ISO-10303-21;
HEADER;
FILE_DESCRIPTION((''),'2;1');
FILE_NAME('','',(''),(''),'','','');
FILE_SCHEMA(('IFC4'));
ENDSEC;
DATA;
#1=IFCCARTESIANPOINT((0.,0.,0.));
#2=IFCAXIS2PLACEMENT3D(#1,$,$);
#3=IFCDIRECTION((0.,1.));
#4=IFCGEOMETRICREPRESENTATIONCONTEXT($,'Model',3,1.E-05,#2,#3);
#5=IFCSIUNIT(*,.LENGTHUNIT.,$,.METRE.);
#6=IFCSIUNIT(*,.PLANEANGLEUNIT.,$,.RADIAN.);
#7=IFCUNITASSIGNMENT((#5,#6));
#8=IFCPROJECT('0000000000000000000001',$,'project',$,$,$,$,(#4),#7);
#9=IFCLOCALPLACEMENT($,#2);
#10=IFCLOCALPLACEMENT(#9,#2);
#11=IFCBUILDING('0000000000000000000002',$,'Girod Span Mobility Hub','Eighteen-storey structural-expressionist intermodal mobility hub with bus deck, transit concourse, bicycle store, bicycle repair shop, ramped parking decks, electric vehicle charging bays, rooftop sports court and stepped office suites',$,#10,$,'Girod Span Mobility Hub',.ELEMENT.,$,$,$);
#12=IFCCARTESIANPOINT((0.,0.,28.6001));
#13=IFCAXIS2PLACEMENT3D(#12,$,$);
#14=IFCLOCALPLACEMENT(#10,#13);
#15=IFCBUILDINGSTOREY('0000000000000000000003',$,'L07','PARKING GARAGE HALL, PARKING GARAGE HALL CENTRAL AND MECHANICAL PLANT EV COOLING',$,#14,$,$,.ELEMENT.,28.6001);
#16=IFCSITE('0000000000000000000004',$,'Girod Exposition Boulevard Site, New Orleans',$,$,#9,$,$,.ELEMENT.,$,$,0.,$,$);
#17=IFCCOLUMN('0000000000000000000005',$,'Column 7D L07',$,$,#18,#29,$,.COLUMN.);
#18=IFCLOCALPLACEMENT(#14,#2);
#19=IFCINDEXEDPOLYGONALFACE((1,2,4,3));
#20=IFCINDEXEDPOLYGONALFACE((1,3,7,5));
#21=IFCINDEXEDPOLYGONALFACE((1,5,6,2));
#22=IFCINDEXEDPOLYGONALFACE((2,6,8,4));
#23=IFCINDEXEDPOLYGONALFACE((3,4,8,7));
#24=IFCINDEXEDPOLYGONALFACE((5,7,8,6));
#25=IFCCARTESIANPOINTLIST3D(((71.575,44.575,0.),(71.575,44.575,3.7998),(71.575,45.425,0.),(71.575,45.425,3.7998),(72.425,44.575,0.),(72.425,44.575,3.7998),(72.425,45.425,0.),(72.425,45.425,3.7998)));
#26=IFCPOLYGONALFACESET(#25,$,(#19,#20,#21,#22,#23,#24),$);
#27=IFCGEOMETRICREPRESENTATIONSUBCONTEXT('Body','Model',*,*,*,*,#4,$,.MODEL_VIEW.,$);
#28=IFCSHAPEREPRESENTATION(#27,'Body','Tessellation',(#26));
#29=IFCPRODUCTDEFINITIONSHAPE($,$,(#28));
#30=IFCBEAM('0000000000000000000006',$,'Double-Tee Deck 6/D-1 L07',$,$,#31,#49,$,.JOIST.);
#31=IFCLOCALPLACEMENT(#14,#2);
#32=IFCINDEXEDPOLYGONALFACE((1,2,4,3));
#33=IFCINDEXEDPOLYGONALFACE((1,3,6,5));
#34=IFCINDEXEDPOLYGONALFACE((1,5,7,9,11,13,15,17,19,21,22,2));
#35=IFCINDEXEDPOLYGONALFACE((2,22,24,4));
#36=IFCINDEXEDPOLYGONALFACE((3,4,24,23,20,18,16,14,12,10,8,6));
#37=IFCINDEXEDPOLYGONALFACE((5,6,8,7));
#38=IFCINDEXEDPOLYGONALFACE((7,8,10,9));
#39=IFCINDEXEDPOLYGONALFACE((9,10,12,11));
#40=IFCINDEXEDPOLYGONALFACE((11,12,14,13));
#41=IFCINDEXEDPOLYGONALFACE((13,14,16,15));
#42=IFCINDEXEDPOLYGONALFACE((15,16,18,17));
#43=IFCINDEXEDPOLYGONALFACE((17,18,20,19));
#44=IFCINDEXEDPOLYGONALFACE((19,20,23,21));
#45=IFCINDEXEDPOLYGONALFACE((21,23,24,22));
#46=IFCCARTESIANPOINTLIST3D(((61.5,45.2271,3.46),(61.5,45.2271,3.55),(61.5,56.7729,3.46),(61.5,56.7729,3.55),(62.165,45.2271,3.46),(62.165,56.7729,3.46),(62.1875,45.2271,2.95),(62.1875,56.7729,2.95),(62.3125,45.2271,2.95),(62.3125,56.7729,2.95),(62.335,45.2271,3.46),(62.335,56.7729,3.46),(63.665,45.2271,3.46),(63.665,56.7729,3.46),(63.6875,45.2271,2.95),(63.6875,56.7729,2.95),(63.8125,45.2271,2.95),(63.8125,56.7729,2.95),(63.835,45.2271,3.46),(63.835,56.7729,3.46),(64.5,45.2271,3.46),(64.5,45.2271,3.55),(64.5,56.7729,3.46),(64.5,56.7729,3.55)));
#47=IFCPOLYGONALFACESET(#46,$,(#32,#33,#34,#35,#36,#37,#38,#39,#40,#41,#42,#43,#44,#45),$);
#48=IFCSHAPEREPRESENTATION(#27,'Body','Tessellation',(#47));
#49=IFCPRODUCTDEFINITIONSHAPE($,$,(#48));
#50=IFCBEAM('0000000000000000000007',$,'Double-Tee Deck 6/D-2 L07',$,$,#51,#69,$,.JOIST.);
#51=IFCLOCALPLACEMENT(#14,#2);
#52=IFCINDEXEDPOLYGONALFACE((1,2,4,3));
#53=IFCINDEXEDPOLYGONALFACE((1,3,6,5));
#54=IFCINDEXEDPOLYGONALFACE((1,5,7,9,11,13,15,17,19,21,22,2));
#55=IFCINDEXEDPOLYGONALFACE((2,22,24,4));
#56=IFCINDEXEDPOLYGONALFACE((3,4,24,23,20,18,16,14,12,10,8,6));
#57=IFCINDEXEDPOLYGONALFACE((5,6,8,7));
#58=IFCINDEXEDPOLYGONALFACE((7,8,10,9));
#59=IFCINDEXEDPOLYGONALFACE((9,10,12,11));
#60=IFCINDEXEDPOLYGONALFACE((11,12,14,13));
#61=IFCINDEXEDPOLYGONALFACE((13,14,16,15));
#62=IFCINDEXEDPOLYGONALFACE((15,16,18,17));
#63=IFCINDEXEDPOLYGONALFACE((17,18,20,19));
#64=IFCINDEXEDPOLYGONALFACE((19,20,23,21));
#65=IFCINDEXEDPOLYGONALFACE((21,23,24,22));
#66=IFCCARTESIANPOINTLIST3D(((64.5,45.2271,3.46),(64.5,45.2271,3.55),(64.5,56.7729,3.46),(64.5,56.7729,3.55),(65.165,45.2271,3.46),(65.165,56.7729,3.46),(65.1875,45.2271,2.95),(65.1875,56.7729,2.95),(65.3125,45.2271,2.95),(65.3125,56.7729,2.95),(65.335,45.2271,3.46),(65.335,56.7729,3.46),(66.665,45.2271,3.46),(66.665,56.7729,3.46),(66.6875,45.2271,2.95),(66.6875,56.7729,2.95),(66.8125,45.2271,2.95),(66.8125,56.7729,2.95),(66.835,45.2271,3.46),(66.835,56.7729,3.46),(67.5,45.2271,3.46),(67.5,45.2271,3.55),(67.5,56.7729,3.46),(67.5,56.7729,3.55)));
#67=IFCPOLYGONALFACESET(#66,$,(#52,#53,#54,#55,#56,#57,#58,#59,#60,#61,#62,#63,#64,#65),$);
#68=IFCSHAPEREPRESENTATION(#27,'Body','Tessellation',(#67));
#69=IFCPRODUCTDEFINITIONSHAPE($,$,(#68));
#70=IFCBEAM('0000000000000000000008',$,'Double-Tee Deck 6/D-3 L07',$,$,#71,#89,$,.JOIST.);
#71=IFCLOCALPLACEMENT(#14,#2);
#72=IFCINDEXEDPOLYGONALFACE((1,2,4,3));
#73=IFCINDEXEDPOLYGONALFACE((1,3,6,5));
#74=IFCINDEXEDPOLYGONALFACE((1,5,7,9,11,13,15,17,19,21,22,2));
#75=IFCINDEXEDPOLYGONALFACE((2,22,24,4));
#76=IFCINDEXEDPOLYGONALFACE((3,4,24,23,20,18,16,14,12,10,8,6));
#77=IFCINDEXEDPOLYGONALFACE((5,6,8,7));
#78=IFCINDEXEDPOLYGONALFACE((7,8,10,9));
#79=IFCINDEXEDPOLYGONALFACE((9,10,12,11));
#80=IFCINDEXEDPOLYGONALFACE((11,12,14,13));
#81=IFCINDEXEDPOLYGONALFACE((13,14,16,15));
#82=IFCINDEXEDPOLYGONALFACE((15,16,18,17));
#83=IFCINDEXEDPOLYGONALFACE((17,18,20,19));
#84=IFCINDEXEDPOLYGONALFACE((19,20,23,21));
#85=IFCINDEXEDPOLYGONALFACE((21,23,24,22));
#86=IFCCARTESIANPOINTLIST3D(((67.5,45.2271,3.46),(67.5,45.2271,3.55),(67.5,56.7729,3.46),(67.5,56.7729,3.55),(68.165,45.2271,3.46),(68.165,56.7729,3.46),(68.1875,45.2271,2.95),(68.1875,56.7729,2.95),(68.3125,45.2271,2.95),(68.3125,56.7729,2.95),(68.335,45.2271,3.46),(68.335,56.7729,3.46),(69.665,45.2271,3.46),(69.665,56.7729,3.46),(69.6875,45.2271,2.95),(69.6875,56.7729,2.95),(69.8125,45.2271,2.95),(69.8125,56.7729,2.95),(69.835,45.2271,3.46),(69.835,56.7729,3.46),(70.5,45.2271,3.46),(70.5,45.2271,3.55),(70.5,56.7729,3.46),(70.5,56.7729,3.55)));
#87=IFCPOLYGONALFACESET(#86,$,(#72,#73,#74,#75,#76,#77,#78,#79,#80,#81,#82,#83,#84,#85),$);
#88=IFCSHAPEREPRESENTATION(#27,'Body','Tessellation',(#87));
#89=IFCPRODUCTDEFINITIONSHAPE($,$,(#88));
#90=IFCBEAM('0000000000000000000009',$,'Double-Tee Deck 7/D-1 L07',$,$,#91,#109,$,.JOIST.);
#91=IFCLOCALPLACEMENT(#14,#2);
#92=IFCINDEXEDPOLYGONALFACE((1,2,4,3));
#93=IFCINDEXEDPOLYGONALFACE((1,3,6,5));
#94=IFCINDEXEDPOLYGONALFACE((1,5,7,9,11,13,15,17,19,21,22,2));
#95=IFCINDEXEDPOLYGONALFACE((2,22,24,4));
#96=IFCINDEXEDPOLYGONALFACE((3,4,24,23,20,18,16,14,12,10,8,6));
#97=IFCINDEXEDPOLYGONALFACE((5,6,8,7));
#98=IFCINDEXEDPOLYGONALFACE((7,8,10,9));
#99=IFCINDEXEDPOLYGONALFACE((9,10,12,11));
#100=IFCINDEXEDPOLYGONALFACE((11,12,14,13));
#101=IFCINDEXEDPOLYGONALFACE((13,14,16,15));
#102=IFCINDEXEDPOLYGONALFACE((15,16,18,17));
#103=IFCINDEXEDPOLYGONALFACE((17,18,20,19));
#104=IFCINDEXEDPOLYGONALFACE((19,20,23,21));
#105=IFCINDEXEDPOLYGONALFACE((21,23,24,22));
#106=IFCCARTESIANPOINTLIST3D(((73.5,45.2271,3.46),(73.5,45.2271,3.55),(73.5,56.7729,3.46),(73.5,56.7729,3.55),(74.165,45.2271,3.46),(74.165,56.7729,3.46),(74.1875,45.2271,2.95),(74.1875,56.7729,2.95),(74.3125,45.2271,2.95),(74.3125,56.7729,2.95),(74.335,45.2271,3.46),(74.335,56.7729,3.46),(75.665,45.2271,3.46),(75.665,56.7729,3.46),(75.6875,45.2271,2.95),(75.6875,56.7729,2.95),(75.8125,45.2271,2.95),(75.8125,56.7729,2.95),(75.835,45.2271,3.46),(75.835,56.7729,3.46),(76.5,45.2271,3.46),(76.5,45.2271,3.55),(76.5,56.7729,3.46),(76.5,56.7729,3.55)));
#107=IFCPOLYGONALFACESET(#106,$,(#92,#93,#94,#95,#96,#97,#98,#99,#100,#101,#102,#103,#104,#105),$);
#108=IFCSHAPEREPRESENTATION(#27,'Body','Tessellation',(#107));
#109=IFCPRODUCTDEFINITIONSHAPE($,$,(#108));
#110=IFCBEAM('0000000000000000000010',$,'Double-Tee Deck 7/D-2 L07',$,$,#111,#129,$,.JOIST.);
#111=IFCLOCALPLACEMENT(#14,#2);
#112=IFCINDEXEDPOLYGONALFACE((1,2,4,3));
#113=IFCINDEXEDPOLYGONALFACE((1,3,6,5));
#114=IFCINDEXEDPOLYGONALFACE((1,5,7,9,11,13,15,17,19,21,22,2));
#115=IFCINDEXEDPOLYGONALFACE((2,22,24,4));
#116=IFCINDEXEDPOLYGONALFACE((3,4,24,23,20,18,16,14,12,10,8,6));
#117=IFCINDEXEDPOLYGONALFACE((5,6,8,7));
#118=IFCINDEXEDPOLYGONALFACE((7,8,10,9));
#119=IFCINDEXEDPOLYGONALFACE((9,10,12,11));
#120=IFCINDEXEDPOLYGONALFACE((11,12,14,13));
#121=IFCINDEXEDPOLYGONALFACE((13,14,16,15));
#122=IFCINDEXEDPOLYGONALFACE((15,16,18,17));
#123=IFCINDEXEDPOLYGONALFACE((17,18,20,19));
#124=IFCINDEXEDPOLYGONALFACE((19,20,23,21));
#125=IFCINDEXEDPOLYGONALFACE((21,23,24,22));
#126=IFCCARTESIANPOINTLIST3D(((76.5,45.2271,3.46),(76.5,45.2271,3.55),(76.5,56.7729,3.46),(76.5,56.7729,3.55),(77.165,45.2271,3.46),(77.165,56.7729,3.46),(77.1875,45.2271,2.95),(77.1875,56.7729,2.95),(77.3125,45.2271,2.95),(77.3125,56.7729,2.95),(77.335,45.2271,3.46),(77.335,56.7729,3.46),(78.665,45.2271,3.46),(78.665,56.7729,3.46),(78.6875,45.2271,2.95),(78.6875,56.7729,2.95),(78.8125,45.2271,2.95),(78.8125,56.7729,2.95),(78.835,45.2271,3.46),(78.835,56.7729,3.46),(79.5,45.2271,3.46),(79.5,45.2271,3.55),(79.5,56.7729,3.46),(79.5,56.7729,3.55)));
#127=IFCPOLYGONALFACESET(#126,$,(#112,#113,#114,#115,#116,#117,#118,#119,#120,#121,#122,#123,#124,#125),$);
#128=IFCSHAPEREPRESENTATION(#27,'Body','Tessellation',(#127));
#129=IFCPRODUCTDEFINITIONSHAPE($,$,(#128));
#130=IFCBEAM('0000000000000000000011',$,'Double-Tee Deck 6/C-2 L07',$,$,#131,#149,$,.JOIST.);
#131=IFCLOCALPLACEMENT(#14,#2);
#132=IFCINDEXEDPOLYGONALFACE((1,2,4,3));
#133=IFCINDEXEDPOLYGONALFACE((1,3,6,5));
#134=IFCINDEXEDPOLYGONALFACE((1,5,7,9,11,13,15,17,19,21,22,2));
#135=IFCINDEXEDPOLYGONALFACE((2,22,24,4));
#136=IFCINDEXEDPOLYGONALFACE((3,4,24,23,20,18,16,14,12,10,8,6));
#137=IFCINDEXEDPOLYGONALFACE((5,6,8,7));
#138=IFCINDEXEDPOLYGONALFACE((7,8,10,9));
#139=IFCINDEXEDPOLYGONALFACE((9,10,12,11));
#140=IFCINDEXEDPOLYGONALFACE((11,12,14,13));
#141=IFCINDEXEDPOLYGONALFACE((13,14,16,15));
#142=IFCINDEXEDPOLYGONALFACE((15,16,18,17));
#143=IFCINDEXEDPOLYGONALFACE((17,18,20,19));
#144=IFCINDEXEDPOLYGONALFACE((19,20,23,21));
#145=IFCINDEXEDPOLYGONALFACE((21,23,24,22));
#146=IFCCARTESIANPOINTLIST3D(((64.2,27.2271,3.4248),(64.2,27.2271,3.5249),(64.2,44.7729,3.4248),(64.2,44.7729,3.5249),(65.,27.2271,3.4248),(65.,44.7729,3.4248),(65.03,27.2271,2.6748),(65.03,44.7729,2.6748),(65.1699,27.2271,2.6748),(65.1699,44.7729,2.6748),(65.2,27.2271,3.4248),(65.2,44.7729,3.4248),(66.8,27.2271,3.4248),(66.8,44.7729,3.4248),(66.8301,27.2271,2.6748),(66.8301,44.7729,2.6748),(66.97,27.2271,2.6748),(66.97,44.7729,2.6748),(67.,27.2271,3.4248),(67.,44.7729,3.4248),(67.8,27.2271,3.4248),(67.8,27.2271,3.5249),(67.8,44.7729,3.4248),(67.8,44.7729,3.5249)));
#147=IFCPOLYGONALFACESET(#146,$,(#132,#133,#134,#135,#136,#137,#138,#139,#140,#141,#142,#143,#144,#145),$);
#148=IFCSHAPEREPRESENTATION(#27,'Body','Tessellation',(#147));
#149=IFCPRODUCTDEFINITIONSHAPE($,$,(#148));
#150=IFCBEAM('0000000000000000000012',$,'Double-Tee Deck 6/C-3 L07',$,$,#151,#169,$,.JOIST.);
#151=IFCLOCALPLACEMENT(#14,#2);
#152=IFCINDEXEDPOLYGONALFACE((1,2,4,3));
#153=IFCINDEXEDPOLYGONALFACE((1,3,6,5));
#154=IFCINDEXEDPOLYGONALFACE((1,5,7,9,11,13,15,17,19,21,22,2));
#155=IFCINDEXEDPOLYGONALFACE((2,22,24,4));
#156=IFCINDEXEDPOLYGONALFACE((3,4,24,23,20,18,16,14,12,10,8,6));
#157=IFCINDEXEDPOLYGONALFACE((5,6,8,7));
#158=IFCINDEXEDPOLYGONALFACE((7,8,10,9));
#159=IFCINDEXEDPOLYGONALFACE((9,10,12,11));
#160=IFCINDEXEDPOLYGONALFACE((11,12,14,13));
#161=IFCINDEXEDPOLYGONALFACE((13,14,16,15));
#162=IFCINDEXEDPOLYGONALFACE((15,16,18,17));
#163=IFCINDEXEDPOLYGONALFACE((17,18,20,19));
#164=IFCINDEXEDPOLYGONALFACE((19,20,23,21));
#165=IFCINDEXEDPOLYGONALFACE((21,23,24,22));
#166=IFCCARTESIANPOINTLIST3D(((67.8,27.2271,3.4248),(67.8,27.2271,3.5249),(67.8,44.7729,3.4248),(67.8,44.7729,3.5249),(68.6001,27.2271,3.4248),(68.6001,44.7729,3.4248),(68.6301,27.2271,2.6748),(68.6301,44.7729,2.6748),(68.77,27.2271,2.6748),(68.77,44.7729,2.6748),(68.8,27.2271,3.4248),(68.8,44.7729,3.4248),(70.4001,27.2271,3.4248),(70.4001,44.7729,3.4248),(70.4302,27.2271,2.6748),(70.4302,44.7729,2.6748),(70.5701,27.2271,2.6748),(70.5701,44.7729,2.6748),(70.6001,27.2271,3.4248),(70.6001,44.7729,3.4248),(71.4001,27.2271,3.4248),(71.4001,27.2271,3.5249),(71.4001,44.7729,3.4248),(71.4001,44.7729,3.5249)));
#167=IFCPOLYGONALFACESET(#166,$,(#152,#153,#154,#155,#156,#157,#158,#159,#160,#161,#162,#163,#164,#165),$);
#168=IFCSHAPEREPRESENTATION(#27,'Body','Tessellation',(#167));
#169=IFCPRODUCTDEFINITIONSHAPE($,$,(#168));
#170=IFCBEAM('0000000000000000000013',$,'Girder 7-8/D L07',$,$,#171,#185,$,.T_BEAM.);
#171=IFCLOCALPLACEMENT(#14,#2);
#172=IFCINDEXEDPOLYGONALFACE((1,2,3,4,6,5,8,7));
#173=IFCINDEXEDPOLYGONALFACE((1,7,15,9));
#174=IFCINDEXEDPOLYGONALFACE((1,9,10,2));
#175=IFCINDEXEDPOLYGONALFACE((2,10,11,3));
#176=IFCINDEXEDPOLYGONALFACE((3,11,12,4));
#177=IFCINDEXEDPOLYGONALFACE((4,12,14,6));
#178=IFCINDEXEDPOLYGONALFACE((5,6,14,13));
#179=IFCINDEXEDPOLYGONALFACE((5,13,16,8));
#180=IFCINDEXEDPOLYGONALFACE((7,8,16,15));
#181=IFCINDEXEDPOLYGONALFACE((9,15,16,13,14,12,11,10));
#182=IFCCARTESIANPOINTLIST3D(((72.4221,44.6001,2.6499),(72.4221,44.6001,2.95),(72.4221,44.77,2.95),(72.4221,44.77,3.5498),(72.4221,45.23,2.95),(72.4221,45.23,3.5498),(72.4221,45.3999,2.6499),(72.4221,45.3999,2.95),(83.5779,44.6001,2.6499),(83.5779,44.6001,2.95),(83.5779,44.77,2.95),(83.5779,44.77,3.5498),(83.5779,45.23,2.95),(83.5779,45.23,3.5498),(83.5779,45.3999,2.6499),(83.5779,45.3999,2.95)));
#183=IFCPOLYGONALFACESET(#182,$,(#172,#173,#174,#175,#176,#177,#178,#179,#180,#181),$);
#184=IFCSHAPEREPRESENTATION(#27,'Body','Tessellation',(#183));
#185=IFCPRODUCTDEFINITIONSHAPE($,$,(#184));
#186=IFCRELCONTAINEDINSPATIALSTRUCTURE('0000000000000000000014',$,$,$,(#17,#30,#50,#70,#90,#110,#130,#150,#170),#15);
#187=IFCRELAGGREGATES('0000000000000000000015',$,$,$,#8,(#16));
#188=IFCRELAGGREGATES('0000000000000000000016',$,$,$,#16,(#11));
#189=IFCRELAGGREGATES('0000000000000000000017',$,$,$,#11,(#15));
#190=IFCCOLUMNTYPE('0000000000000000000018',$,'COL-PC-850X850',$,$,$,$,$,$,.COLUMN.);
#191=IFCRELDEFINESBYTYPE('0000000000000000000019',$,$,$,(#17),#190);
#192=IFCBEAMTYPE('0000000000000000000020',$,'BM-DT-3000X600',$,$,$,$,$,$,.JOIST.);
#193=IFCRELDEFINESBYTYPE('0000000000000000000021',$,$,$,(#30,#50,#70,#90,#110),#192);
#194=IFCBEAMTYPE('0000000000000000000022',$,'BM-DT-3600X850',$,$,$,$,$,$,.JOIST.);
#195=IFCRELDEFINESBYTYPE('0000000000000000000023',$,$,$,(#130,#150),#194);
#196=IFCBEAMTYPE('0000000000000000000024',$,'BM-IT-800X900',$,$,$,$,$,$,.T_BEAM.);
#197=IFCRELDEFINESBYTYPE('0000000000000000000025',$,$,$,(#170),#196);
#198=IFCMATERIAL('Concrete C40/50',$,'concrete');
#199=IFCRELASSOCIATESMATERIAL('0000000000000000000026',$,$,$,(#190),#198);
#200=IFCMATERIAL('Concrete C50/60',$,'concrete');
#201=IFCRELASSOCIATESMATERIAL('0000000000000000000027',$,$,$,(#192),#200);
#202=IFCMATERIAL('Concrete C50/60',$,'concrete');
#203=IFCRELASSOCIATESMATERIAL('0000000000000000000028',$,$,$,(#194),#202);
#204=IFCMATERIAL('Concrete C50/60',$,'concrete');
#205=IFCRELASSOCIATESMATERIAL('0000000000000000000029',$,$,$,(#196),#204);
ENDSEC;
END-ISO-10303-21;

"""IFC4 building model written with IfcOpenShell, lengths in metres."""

from ifc_helpers import new_model, si_unit, direction, frame, origin, origin_2d, place, context, subcontext, project, spatial, polyline, rectangle, outline, extrude, material, material_profile, profile_set, type_object, element, save


model = new_model("IFC4")

# Units and contexts
model_context = context("Model", 3, precision=1e-05, world=origin(), true_north=direction((0.0, 1.0)))
body_context = subcontext(model_context, "Body", "Model", "MODEL_VIEW")
ifc_project = project(units=[si_unit("LENGTHUNIT", "METRE"), si_unit("PLANEANGLEUNIT", "RADIAN")], contexts=[model_context])

# Site, building, storey
site_placement = place(None, origin())
site = spatial("IfcSite", under=ifc_project, at=site_placement, Name="Girod Exposition Boulevard Site, New Orleans", CompositionType="ELEMENT", RefElevation=0.0)
building_placement = place(site_placement, origin())
building = spatial("IfcBuilding", under=site, at=building_placement, Name="Girod Span Mobility Hub", Description="Eighteen-storey structural-expressionist intermodal mobility hub with bus deck, transit concourse, bicycle store, bicycle repair shop, ramped parking decks, electric vehicle charging bays, rooftop sports court and stepped office suites", LongName="Girod Span Mobility Hub", CompositionType="ELEMENT")
storey_placement = place(building_placement, frame((0.0, 0.0, 28.6001)))
storey = spatial("IfcBuildingStorey", under=building, at=storey_placement, Name="L07", Description="PARKING GARAGE HALL, PARKING GARAGE HALL CENTRAL AND MECHANICAL PLANT EV COOLING", CompositionType="ELEMENT", Elevation=28.6001)

# Column
ifc_material_1 = material(Name="Concrete C40/50", Category="concrete")
ifc_material_profile_1 = material_profile(ifc_material_1, rectangle(XDim=0.8501, YDim=0.8501, at=origin_2d()), Name="PC-COL-850X850")
ifc_profile_set_1 = profile_set([ifc_material_profile_1], Name="Concrete C40/50")
column_type = type_object("IfcColumnType", Name="COL-PC-850X850", PredefinedType="COLUMN", material=ifc_profile_set_1)
column_placement = place(storey_placement, frame((72.0, 45.0, 0.0), z_axis=(0.0, 0.0, 1.0), x_axis=(1.0, 0.0, 0.0)))
element("IfcColumn", 1, at=column_placement, inside=storey, type_object=column_type, Name="Column 7D L07", PredefinedType="COLUMN", context=body_context, shape_type="SweptSolid", body=[
    extrude(rectangle(XDim=0.8501, YDim=0.8501, at=origin_2d()), origin(), (0.0, 0.0, 1.0), 3.7998),
])

# Beams
ifc_material_2 = material(Name="Concrete C50/60", Category="concrete")
ifc_material_profile_2 = material_profile(ifc_material_2, outline(polyline([(-1.5, 0.3), (-1.5, 0.21), (-0.835, 0.21), (-0.8125, -0.3), (-0.6875, -0.3), (-0.665, 0.21), (0.665, 0.21), (0.6875, -0.3), (0.8125, -0.3), (0.835, 0.21), (1.5, 0.21), (1.5, 0.3), (-1.5, 0.3)])), Name="DT-3000X600")
ifc_profile_set_2 = profile_set([ifc_material_profile_2], Name="Concrete C50/60")
beam_type_1 = type_object("IfcBeamType", Name="BM-DT-3000X600", PredefinedType="JOIST", material=ifc_profile_set_2)
for number, where, z_axis, x_axis, name in (
    (2, (63.0, 45.2271, 3.25), (0.0, 1.0, 0.0), (-1.0, 0.0, 0.0), "Double-Tee Deck 6/D-1 L07"),
    (3, (66.0, 45.2271, 3.25), (0.0, 1.0, 0.0), (-1.0, 0.0, 0.0), "Double-Tee Deck 6/D-2 L07"),
    (4, (69.0, 45.2271, 3.25), (0.0, 1.0, 0.0), (-1.0, 0.0, 0.0), "Double-Tee Deck 6/D-3 L07"),
    (5, (75.0, 45.2271, 3.25), (0.0, 1.0, 0.0), (-1.0, 0.0, 0.0), "Double-Tee Deck 7/D-1 L07"),
    (6, (78.0, 45.2271, 3.25), (0.0, 1.0, 0.0), (-1.0, 0.0, 0.0), "Double-Tee Deck 7/D-2 L07"),
):
    element("IfcBeam", number, at=place(storey_placement, frame(where, z_axis=z_axis, x_axis=x_axis)), inside=storey, type_object=beam_type_1, Name=name, PredefinedType="JOIST", context=body_context, shape_type="SweptSolid", body=[
        extrude(outline(polyline([(-1.5, 0.3), (-1.5, 0.21), (-0.835, 0.21), (-0.8125, -0.3), (-0.6875, -0.3), (-0.665, 0.21), (0.665, 0.21), (0.6875, -0.3), (0.8125, -0.3), (0.835, 0.21), (1.5, 0.21), (1.5, 0.3), (-1.5, 0.3)])), origin(), (0.0, 0.0, 1.0), 11.5459),
    ])
ifc_material_3 = material(Name="Concrete C50/60", Category="concrete")
ifc_material_profile_3 = material_profile(ifc_material_3, outline(polyline([(-1.8, 0.425), (-1.8, 0.325), (-1.0, 0.325), (-0.97, -0.425), (-0.8301, -0.425), (-0.8, 0.325), (0.8, 0.325), (0.8301, -0.425), (0.97, -0.425), (1.0, 0.325), (1.8, 0.325), (1.8, 0.425), (-1.8, 0.425)])), Name="DT-3600X850")
ifc_profile_set_3 = profile_set([ifc_material_profile_3], Name="Concrete C50/60")
beam_type_2 = type_object("IfcBeamType", Name="BM-DT-3600X850", PredefinedType="JOIST", material=ifc_profile_set_3)
for number, where, z_axis, x_axis, name in (
    (7, (66.0, 27.2271, 3.0999), (0.0, 1.0, 0.0), (-1.0, 0.0, 0.0), "Double-Tee Deck 6/C-2 L07"),
    (8, (69.6001, 27.2271, 3.0999), (0.0, 1.0, 0.0), (-1.0, 0.0, 0.0), "Double-Tee Deck 6/C-3 L07"),
):
    element("IfcBeam", number, at=place(storey_placement, frame(where, z_axis=z_axis, x_axis=x_axis)), inside=storey, type_object=beam_type_2, Name=name, PredefinedType="JOIST", context=body_context, shape_type="SweptSolid", body=[
        extrude(outline(polyline([(-1.8, 0.425), (-1.8, 0.325), (-1.0, 0.325), (-0.97, -0.425), (-0.8301, -0.425), (-0.8, 0.325), (0.8, 0.325), (0.8301, -0.425), (0.97, -0.425), (1.0, 0.325), (1.8, 0.325), (1.8, 0.425), (-1.8, 0.425)])), origin(), (0.0, 0.0, 1.0), 17.5459),
    ])
ifc_material_4 = material(Name="Concrete C50/60", Category="concrete")
ifc_material_profile_4 = material_profile(ifc_material_4, outline(polyline([(-0.3999, -0.45), (0.3999, -0.45), (0.3999, -0.1499), (0.23, -0.1499), (0.23, 0.45), (-0.23, 0.45), (-0.23, -0.1499), (-0.3999, -0.1499), (-0.3999, -0.45)])), Name="IT-800X900")
ifc_profile_set_4 = profile_set([ifc_material_profile_4], Name="Concrete C50/60")
beam_type_3 = type_object("IfcBeamType", Name="BM-IT-800X900", PredefinedType="T_BEAM", material=ifc_profile_set_4)
beam_1_placement = place(storey_placement, frame((72.4221, 45.0, 3.0999), z_axis=(1.0, 0.0, 0.0), x_axis=(0.0, 1.0, 0.0)))
element("IfcBeam", 9, at=beam_1_placement, inside=storey, type_object=beam_type_3, Name="Girder 7-8/D L07", PredefinedType="T_BEAM", context=body_context, shape_type="SweptSolid", body=[
    extrude(outline(polyline([(-0.3999, -0.45), (0.3999, -0.45), (0.3999, -0.1499), (0.23, -0.1499), (0.23, 0.45), (-0.23, 0.45), (-0.23, -0.1499), (-0.3999, -0.1499), (-0.3999, -0.45)])), origin(), (0.0, 0.0, 1.0), 11.1558),
])

save(model, "model.ifc")
